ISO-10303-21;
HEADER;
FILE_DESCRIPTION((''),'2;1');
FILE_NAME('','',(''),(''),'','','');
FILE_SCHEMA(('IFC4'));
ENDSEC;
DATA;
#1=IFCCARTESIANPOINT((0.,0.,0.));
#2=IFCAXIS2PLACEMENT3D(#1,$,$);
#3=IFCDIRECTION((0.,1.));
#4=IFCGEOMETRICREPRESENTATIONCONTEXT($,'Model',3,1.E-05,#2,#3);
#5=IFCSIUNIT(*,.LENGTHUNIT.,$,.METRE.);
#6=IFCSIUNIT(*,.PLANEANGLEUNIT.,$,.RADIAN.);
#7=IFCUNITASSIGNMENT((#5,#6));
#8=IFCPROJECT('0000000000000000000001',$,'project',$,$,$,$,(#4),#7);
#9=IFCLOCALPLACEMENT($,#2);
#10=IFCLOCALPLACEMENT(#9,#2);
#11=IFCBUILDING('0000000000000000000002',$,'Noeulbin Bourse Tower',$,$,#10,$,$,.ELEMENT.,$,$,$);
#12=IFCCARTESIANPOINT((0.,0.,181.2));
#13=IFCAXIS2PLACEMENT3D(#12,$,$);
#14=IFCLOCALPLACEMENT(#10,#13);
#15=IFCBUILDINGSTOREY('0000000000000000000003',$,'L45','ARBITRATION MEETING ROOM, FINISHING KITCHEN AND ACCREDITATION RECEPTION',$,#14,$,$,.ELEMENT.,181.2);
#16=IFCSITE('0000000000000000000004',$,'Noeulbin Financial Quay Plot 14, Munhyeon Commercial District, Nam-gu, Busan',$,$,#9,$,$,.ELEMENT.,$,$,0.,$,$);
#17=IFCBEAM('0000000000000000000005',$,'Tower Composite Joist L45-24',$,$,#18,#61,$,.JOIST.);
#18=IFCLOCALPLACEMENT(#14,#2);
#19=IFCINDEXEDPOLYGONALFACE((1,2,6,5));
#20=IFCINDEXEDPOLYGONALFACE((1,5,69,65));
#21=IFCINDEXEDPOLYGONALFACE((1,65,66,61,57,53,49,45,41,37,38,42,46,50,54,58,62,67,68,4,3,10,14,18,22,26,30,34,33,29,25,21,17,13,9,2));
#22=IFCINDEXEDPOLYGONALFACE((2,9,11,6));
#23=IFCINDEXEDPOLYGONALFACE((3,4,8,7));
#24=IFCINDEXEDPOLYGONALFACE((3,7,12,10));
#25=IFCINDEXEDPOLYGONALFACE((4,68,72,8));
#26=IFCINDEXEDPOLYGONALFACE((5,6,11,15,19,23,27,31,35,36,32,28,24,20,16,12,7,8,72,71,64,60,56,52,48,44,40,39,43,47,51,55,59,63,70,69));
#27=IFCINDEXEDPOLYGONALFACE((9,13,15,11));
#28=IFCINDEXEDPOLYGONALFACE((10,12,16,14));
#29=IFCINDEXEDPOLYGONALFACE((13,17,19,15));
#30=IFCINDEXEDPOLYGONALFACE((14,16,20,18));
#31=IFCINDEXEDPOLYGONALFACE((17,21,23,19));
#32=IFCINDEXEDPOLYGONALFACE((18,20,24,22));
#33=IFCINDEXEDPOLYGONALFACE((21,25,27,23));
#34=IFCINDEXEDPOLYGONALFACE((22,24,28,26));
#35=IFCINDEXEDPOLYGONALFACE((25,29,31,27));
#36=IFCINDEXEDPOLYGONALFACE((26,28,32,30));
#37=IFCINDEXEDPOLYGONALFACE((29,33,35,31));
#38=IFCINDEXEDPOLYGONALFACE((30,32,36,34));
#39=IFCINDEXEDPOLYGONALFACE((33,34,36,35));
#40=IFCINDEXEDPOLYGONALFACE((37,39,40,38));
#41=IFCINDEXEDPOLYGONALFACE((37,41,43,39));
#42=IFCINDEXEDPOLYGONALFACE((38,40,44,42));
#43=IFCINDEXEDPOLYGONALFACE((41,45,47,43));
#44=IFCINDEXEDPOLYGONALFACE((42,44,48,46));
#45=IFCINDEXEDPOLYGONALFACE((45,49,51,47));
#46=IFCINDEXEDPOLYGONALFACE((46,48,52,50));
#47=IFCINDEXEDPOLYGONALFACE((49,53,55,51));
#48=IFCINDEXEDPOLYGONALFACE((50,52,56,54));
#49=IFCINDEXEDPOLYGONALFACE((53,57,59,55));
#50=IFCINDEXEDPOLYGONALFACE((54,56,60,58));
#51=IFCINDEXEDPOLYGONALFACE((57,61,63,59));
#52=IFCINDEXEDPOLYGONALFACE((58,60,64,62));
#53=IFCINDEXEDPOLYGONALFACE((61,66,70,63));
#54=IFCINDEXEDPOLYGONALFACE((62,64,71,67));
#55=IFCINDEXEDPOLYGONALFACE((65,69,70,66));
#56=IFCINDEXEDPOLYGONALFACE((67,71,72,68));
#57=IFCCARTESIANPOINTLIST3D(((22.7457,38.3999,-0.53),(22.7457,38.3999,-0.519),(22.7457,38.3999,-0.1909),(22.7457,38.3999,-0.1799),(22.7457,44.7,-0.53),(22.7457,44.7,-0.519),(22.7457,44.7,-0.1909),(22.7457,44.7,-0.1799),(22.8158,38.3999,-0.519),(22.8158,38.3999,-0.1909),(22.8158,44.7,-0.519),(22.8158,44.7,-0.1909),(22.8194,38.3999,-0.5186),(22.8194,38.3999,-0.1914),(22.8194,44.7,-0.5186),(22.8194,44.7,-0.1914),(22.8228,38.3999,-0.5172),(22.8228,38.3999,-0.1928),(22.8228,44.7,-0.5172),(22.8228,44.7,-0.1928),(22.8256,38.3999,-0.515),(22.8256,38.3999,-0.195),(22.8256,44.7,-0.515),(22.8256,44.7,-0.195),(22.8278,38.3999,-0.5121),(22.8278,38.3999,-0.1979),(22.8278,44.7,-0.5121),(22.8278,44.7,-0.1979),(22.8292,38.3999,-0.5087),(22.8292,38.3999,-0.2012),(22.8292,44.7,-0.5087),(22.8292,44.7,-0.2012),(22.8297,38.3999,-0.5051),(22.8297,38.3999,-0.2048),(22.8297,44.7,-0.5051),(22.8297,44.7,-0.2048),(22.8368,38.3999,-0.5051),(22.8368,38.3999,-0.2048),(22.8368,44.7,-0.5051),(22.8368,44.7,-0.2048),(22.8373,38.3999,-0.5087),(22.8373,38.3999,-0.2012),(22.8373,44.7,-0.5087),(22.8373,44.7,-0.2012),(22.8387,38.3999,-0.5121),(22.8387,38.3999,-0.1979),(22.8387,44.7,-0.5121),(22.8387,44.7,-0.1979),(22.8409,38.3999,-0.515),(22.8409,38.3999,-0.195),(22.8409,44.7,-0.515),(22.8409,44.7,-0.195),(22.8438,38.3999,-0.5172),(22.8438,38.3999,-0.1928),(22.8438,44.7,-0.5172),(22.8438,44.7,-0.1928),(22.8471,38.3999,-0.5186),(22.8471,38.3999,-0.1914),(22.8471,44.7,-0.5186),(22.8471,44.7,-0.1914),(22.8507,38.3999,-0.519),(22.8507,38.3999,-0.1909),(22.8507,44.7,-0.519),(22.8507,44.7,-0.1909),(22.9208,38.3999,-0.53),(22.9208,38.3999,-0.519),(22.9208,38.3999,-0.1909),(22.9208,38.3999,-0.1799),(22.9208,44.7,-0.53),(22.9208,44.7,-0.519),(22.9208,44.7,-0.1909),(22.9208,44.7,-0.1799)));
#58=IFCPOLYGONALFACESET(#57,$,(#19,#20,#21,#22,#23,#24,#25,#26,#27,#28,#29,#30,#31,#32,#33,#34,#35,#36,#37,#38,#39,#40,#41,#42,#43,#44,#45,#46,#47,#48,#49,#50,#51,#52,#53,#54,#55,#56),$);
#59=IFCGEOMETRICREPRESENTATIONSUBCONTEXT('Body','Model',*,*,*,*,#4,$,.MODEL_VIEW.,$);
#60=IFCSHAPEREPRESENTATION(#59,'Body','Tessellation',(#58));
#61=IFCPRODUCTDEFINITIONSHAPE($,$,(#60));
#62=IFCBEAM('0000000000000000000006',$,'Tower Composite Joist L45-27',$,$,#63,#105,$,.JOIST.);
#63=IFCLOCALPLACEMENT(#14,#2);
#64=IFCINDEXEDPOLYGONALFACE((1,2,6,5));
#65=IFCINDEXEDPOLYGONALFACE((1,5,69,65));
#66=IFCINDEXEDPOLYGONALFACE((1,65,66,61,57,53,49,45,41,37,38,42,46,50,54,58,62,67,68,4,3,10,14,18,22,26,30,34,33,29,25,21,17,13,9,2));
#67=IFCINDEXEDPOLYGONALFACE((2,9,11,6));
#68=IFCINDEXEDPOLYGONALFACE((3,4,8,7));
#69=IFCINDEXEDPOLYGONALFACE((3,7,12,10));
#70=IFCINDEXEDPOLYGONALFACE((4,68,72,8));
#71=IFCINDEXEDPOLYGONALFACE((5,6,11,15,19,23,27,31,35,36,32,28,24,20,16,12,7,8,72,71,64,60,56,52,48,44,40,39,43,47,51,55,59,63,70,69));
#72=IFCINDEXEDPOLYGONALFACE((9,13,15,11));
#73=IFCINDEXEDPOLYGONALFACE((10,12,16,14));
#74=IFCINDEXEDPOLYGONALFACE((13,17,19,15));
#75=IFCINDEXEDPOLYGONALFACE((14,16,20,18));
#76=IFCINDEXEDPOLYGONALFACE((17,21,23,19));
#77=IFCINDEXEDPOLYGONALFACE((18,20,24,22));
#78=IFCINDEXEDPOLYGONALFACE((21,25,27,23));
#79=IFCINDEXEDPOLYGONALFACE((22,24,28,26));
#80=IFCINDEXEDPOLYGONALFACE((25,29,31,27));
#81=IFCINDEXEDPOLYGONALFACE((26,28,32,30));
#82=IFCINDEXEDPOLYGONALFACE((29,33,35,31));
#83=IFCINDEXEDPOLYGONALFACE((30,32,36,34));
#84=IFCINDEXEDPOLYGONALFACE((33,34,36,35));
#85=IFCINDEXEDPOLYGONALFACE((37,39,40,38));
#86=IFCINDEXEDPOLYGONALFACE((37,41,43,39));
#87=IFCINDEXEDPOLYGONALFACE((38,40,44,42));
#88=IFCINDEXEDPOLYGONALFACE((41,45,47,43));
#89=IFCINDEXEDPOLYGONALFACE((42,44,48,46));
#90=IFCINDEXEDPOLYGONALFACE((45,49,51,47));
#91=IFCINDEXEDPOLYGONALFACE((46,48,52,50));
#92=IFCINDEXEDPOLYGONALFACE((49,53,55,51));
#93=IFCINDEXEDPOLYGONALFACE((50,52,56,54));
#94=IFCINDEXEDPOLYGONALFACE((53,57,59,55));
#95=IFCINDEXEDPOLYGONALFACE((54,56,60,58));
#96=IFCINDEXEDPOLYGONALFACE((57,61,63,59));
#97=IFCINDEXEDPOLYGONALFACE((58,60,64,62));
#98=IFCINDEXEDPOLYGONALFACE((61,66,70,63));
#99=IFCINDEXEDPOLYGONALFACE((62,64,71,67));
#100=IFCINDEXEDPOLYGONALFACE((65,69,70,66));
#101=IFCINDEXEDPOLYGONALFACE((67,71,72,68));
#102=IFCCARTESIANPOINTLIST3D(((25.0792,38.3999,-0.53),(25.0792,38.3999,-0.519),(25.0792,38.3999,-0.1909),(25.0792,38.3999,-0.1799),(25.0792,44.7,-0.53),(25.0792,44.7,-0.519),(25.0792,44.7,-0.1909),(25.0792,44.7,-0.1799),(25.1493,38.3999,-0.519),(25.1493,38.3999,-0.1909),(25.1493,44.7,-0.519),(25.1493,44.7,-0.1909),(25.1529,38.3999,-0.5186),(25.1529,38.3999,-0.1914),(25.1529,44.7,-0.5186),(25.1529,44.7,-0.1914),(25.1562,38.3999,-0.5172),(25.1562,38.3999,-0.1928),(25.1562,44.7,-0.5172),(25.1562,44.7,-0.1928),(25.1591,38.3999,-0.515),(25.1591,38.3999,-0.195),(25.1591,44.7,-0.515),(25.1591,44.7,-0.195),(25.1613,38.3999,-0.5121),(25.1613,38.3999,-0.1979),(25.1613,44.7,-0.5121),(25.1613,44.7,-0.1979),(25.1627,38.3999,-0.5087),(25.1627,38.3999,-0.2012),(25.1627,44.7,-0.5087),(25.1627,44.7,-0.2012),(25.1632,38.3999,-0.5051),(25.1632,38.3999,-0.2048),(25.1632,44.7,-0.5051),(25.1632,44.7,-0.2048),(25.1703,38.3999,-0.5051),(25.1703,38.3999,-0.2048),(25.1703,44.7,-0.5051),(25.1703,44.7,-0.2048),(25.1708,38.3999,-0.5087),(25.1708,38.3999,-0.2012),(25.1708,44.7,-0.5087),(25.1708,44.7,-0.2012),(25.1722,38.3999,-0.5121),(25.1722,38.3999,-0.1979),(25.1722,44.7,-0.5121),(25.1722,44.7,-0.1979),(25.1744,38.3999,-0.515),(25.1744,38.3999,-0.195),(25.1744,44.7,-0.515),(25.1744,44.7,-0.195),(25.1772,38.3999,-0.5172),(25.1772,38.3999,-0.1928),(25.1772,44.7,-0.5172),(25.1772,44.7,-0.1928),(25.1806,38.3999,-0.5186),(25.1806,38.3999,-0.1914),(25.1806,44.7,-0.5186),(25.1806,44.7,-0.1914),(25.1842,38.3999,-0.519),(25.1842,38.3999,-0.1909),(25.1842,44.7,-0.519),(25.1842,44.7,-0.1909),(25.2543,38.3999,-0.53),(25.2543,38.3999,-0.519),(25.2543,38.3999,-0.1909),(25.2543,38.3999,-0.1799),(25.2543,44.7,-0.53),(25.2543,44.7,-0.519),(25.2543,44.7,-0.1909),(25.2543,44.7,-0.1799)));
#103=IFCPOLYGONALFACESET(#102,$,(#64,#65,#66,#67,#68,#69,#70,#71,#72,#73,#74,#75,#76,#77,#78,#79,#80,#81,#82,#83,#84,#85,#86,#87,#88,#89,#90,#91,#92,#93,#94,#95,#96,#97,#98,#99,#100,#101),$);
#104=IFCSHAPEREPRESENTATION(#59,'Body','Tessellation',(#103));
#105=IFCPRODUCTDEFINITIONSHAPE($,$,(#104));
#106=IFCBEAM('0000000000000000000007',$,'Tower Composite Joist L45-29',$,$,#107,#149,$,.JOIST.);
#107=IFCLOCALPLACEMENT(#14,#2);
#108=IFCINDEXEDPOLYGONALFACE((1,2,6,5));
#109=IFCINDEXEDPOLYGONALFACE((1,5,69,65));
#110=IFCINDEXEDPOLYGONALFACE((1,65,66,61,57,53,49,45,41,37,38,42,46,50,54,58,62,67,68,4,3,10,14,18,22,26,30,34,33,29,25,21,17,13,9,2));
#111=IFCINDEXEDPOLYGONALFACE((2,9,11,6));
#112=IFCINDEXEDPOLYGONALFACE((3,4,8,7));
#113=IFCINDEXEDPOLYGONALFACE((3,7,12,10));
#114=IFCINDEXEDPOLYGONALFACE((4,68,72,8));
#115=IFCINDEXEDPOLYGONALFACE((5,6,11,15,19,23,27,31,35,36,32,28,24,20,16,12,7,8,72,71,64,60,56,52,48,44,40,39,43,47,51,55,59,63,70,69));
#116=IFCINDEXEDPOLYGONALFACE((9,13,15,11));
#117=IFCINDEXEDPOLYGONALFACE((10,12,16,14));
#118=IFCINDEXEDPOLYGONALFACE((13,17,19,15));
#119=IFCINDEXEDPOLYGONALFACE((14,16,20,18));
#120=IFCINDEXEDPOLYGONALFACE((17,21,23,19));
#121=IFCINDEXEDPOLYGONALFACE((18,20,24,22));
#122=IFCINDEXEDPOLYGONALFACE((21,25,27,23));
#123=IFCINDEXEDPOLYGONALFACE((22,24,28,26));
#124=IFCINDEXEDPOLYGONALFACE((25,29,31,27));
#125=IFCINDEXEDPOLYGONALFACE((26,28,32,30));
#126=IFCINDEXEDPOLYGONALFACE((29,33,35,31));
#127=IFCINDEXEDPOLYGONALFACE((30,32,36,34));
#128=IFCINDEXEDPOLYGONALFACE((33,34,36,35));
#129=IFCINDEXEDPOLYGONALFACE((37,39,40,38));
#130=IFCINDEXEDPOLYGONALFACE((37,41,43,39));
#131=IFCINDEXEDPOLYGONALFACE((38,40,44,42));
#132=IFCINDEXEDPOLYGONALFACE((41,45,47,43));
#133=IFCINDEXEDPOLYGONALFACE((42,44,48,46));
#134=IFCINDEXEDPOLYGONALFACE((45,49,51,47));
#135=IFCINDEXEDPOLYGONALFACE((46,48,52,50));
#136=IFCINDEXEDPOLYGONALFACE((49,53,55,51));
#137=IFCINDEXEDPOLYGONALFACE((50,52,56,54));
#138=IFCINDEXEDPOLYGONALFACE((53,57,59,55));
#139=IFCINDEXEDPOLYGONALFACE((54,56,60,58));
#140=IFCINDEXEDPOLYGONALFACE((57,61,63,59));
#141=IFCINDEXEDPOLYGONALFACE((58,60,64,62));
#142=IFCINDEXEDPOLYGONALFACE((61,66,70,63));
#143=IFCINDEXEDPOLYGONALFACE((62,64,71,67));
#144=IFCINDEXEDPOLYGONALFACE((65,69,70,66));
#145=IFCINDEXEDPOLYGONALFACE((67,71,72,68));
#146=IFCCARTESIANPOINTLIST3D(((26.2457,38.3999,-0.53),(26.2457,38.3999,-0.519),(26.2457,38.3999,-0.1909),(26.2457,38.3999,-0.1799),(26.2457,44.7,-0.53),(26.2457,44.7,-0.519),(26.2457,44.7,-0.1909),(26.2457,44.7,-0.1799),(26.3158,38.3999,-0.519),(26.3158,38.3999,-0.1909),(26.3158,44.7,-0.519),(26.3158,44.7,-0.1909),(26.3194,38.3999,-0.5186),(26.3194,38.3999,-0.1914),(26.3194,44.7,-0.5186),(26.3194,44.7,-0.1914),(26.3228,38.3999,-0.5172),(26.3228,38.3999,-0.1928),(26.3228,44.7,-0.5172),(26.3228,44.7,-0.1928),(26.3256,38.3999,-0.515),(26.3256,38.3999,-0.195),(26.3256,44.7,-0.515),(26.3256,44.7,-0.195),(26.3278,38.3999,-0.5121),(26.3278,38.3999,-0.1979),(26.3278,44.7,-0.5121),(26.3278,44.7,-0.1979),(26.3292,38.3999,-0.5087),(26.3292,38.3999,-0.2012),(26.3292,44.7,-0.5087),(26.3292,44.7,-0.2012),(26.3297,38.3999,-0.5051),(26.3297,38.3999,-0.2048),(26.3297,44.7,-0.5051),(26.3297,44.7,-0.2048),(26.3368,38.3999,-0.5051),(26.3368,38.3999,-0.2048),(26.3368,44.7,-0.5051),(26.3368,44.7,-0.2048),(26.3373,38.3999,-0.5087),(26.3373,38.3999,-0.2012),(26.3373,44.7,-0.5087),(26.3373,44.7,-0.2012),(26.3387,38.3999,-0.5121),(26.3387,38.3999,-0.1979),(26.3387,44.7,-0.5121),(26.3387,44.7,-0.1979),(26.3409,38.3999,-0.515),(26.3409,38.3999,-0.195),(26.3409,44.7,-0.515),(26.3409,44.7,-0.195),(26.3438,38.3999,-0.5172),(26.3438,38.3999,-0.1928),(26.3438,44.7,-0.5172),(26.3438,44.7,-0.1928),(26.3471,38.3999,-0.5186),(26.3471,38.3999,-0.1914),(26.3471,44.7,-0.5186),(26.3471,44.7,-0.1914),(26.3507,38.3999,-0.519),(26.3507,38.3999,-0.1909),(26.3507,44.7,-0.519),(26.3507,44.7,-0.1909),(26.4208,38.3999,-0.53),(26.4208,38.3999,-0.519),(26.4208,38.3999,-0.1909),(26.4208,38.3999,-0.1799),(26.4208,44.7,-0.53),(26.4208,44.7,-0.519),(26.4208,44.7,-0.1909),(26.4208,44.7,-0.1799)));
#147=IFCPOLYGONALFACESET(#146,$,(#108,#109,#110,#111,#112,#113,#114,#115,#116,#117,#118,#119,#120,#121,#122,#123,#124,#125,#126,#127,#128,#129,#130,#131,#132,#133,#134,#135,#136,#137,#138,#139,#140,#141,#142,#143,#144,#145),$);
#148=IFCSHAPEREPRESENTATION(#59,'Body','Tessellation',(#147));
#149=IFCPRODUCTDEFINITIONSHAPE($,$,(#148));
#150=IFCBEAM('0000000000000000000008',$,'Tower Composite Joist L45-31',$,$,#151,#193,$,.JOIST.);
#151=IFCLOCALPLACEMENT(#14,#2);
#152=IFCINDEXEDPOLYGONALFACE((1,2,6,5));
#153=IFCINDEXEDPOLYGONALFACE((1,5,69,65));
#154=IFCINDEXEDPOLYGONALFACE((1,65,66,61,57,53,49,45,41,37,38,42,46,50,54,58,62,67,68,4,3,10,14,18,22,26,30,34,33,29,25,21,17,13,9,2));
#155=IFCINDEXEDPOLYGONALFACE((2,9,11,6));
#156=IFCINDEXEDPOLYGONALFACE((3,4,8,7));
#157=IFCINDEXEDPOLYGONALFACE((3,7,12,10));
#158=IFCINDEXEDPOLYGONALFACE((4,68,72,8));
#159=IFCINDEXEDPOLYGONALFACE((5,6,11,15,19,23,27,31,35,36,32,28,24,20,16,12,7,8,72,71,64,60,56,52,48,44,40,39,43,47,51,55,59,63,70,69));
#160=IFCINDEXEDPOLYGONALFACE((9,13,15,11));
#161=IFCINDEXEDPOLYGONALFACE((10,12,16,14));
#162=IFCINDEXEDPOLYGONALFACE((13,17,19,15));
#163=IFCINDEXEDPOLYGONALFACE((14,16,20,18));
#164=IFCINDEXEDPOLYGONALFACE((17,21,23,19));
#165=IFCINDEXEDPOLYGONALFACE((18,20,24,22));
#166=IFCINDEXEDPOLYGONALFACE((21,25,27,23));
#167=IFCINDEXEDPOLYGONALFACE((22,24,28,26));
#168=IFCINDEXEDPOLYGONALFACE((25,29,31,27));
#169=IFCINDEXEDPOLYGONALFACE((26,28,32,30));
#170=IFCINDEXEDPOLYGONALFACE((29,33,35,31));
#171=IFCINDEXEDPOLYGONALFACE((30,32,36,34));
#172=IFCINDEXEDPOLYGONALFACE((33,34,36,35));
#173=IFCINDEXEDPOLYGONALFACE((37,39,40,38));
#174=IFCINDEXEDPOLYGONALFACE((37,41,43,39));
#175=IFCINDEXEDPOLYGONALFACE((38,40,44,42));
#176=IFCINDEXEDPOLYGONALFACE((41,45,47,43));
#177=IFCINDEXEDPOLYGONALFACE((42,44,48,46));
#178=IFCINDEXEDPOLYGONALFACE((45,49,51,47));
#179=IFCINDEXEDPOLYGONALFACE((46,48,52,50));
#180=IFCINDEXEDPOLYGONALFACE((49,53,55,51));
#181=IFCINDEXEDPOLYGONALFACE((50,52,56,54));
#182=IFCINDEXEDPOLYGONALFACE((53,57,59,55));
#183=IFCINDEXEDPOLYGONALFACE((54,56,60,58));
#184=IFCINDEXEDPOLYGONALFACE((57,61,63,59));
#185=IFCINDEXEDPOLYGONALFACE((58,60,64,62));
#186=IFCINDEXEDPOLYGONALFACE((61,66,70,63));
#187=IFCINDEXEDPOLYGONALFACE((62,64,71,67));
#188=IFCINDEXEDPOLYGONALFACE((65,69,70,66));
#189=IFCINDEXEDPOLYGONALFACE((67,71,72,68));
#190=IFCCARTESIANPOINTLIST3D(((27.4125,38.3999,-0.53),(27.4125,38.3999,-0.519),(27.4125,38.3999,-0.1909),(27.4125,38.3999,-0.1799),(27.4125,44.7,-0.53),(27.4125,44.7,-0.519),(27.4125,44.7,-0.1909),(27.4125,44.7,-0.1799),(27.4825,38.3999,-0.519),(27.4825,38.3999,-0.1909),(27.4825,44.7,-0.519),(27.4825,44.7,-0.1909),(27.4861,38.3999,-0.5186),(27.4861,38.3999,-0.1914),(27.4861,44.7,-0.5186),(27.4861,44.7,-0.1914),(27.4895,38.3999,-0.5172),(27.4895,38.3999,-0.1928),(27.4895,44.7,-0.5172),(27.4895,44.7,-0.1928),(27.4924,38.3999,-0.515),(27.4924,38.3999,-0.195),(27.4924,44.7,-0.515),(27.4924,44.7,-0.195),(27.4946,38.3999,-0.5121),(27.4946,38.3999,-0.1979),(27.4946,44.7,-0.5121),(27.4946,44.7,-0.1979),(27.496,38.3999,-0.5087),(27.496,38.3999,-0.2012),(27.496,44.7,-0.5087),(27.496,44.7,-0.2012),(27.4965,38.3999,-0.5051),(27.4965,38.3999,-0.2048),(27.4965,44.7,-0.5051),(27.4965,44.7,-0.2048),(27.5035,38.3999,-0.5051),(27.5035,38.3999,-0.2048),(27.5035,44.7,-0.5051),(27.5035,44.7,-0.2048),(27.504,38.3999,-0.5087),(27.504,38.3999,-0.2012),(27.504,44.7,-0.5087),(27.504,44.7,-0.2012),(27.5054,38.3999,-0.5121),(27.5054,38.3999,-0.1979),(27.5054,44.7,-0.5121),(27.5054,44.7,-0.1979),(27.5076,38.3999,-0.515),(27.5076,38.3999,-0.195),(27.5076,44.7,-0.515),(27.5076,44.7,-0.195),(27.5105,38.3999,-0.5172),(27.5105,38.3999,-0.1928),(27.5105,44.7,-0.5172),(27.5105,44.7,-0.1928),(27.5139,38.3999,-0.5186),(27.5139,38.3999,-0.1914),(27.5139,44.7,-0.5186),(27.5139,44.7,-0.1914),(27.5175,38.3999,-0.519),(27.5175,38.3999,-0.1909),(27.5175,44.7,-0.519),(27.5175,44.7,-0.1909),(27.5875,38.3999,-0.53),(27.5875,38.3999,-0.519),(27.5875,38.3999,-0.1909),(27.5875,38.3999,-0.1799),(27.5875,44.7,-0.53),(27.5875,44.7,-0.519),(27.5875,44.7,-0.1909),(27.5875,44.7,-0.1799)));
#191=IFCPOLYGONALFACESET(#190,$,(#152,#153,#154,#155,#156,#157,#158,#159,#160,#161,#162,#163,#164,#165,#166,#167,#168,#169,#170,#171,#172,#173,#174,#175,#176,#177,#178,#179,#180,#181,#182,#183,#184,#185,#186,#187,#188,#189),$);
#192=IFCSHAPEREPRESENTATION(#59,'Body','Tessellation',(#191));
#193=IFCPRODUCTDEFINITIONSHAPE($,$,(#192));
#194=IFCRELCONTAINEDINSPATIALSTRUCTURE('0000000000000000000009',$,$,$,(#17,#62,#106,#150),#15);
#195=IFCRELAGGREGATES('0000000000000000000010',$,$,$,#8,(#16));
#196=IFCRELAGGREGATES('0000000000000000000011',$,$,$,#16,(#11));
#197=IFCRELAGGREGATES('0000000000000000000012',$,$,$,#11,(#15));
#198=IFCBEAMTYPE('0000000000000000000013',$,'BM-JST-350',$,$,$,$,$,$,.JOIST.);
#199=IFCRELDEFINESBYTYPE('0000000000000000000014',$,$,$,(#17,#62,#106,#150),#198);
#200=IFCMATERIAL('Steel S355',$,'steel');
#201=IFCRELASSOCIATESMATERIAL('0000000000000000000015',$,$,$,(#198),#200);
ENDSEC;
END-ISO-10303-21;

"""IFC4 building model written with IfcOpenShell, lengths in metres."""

from ifc_helpers import new_model, si_unit, direction, frame, origin, origin_2d, place, context, subcontext, project, spatial, i_section, extrude, material, material_profile, profile_set, type_object, element, save


model = new_model("IFC4")

# Units and contexts
model_context = context("Model", 3, precision=1e-05, world=origin(), true_north=direction((0.0, 1.0)))
body_context = subcontext(model_context, "Body", "Model", "MODEL_VIEW")
ifc_project = project(units=[si_unit("LENGTHUNIT", "METRE"), si_unit("PLANEANGLEUNIT", "RADIAN")], contexts=[model_context])

# Site, building, storey
site_placement = place(None, origin())
site = spatial("IfcSite", under=ifc_project, at=site_placement, Name="Noeulbin Financial Quay Plot 14, Munhyeon Commercial District, Nam-gu, Busan", CompositionType="ELEMENT", RefElevation=0.0)
building_placement = place(site_placement, origin())
building = spatial("IfcBuilding", under=site, at=building_placement, Name="Noeulbin Bourse Tower", CompositionType="ELEMENT")
storey_placement = place(building_placement, frame((0.0, 0.0, 181.2)))
storey = spatial("IfcBuildingStorey", under=building, at=storey_placement, Name="L45", Description="ARBITRATION MEETING ROOM, FINISHING KITCHEN AND ACCREDITATION RECEPTION", CompositionType="ELEMENT", Elevation=181.2)

# Shared definitions
ifc_material_1 = material(Name="Steel S355", Category="steel")

# Beams
ifc_material_profile_1 = material_profile(ifc_material_1, i_section(OverallWidth=0.175, OverallDepth=0.3501, WebThickness=0.0071, FlangeThickness=0.011, FilletRadius=0.0139, at=origin_2d()), Name="H-350x175x7x11", Category="LoadBearing")
ifc_profile_set_1 = profile_set([ifc_material_profile_1], Name="Steel S355")
beam_type_1 = type_object("IfcBeamType", Name="BM-JST-350", PredefinedType="JOIST", material=ifc_profile_set_1)
for number, where, z_axis, x_axis, name in (
    (1, (22.8333, 38.3999, -0.355), (0.0, 1.0, 0.0), (-1.0, 0.0, 0.0), "Tower Composite Joist L45-24"),
    (2, (25.1667, 38.3999, -0.355), (0.0, 1.0, 0.0), (-1.0, 0.0, 0.0), "Tower Composite Joist L45-27"),
    (3, (26.3333, 38.3999, -0.355), (0.0, 1.0, 0.0), (-1.0, 0.0, 0.0), "Tower Composite Joist L45-29"),
    (4, (27.5, 38.3999, -0.355), (0.0, 1.0, 0.0), (-1.0, 0.0, 0.0), "Tower Composite Joist L45-31"),
):
    element("IfcBeam", number, at=place(storey_placement, frame(where, z_axis=z_axis, x_axis=x_axis)), inside=storey, type_object=beam_type_1, Name=name, PredefinedType="JOIST", context=body_context, shape_type="SweptSolid", body=[
        extrude(i_section(OverallWidth=0.175, OverallDepth=0.3501, WebThickness=0.0071, FlangeThickness=0.011, FilletRadius=0.0139, at=origin_2d()), origin(), (0.0, 0.0, 1.0), 6.3),
    ])

save(model, "model.ifc")
